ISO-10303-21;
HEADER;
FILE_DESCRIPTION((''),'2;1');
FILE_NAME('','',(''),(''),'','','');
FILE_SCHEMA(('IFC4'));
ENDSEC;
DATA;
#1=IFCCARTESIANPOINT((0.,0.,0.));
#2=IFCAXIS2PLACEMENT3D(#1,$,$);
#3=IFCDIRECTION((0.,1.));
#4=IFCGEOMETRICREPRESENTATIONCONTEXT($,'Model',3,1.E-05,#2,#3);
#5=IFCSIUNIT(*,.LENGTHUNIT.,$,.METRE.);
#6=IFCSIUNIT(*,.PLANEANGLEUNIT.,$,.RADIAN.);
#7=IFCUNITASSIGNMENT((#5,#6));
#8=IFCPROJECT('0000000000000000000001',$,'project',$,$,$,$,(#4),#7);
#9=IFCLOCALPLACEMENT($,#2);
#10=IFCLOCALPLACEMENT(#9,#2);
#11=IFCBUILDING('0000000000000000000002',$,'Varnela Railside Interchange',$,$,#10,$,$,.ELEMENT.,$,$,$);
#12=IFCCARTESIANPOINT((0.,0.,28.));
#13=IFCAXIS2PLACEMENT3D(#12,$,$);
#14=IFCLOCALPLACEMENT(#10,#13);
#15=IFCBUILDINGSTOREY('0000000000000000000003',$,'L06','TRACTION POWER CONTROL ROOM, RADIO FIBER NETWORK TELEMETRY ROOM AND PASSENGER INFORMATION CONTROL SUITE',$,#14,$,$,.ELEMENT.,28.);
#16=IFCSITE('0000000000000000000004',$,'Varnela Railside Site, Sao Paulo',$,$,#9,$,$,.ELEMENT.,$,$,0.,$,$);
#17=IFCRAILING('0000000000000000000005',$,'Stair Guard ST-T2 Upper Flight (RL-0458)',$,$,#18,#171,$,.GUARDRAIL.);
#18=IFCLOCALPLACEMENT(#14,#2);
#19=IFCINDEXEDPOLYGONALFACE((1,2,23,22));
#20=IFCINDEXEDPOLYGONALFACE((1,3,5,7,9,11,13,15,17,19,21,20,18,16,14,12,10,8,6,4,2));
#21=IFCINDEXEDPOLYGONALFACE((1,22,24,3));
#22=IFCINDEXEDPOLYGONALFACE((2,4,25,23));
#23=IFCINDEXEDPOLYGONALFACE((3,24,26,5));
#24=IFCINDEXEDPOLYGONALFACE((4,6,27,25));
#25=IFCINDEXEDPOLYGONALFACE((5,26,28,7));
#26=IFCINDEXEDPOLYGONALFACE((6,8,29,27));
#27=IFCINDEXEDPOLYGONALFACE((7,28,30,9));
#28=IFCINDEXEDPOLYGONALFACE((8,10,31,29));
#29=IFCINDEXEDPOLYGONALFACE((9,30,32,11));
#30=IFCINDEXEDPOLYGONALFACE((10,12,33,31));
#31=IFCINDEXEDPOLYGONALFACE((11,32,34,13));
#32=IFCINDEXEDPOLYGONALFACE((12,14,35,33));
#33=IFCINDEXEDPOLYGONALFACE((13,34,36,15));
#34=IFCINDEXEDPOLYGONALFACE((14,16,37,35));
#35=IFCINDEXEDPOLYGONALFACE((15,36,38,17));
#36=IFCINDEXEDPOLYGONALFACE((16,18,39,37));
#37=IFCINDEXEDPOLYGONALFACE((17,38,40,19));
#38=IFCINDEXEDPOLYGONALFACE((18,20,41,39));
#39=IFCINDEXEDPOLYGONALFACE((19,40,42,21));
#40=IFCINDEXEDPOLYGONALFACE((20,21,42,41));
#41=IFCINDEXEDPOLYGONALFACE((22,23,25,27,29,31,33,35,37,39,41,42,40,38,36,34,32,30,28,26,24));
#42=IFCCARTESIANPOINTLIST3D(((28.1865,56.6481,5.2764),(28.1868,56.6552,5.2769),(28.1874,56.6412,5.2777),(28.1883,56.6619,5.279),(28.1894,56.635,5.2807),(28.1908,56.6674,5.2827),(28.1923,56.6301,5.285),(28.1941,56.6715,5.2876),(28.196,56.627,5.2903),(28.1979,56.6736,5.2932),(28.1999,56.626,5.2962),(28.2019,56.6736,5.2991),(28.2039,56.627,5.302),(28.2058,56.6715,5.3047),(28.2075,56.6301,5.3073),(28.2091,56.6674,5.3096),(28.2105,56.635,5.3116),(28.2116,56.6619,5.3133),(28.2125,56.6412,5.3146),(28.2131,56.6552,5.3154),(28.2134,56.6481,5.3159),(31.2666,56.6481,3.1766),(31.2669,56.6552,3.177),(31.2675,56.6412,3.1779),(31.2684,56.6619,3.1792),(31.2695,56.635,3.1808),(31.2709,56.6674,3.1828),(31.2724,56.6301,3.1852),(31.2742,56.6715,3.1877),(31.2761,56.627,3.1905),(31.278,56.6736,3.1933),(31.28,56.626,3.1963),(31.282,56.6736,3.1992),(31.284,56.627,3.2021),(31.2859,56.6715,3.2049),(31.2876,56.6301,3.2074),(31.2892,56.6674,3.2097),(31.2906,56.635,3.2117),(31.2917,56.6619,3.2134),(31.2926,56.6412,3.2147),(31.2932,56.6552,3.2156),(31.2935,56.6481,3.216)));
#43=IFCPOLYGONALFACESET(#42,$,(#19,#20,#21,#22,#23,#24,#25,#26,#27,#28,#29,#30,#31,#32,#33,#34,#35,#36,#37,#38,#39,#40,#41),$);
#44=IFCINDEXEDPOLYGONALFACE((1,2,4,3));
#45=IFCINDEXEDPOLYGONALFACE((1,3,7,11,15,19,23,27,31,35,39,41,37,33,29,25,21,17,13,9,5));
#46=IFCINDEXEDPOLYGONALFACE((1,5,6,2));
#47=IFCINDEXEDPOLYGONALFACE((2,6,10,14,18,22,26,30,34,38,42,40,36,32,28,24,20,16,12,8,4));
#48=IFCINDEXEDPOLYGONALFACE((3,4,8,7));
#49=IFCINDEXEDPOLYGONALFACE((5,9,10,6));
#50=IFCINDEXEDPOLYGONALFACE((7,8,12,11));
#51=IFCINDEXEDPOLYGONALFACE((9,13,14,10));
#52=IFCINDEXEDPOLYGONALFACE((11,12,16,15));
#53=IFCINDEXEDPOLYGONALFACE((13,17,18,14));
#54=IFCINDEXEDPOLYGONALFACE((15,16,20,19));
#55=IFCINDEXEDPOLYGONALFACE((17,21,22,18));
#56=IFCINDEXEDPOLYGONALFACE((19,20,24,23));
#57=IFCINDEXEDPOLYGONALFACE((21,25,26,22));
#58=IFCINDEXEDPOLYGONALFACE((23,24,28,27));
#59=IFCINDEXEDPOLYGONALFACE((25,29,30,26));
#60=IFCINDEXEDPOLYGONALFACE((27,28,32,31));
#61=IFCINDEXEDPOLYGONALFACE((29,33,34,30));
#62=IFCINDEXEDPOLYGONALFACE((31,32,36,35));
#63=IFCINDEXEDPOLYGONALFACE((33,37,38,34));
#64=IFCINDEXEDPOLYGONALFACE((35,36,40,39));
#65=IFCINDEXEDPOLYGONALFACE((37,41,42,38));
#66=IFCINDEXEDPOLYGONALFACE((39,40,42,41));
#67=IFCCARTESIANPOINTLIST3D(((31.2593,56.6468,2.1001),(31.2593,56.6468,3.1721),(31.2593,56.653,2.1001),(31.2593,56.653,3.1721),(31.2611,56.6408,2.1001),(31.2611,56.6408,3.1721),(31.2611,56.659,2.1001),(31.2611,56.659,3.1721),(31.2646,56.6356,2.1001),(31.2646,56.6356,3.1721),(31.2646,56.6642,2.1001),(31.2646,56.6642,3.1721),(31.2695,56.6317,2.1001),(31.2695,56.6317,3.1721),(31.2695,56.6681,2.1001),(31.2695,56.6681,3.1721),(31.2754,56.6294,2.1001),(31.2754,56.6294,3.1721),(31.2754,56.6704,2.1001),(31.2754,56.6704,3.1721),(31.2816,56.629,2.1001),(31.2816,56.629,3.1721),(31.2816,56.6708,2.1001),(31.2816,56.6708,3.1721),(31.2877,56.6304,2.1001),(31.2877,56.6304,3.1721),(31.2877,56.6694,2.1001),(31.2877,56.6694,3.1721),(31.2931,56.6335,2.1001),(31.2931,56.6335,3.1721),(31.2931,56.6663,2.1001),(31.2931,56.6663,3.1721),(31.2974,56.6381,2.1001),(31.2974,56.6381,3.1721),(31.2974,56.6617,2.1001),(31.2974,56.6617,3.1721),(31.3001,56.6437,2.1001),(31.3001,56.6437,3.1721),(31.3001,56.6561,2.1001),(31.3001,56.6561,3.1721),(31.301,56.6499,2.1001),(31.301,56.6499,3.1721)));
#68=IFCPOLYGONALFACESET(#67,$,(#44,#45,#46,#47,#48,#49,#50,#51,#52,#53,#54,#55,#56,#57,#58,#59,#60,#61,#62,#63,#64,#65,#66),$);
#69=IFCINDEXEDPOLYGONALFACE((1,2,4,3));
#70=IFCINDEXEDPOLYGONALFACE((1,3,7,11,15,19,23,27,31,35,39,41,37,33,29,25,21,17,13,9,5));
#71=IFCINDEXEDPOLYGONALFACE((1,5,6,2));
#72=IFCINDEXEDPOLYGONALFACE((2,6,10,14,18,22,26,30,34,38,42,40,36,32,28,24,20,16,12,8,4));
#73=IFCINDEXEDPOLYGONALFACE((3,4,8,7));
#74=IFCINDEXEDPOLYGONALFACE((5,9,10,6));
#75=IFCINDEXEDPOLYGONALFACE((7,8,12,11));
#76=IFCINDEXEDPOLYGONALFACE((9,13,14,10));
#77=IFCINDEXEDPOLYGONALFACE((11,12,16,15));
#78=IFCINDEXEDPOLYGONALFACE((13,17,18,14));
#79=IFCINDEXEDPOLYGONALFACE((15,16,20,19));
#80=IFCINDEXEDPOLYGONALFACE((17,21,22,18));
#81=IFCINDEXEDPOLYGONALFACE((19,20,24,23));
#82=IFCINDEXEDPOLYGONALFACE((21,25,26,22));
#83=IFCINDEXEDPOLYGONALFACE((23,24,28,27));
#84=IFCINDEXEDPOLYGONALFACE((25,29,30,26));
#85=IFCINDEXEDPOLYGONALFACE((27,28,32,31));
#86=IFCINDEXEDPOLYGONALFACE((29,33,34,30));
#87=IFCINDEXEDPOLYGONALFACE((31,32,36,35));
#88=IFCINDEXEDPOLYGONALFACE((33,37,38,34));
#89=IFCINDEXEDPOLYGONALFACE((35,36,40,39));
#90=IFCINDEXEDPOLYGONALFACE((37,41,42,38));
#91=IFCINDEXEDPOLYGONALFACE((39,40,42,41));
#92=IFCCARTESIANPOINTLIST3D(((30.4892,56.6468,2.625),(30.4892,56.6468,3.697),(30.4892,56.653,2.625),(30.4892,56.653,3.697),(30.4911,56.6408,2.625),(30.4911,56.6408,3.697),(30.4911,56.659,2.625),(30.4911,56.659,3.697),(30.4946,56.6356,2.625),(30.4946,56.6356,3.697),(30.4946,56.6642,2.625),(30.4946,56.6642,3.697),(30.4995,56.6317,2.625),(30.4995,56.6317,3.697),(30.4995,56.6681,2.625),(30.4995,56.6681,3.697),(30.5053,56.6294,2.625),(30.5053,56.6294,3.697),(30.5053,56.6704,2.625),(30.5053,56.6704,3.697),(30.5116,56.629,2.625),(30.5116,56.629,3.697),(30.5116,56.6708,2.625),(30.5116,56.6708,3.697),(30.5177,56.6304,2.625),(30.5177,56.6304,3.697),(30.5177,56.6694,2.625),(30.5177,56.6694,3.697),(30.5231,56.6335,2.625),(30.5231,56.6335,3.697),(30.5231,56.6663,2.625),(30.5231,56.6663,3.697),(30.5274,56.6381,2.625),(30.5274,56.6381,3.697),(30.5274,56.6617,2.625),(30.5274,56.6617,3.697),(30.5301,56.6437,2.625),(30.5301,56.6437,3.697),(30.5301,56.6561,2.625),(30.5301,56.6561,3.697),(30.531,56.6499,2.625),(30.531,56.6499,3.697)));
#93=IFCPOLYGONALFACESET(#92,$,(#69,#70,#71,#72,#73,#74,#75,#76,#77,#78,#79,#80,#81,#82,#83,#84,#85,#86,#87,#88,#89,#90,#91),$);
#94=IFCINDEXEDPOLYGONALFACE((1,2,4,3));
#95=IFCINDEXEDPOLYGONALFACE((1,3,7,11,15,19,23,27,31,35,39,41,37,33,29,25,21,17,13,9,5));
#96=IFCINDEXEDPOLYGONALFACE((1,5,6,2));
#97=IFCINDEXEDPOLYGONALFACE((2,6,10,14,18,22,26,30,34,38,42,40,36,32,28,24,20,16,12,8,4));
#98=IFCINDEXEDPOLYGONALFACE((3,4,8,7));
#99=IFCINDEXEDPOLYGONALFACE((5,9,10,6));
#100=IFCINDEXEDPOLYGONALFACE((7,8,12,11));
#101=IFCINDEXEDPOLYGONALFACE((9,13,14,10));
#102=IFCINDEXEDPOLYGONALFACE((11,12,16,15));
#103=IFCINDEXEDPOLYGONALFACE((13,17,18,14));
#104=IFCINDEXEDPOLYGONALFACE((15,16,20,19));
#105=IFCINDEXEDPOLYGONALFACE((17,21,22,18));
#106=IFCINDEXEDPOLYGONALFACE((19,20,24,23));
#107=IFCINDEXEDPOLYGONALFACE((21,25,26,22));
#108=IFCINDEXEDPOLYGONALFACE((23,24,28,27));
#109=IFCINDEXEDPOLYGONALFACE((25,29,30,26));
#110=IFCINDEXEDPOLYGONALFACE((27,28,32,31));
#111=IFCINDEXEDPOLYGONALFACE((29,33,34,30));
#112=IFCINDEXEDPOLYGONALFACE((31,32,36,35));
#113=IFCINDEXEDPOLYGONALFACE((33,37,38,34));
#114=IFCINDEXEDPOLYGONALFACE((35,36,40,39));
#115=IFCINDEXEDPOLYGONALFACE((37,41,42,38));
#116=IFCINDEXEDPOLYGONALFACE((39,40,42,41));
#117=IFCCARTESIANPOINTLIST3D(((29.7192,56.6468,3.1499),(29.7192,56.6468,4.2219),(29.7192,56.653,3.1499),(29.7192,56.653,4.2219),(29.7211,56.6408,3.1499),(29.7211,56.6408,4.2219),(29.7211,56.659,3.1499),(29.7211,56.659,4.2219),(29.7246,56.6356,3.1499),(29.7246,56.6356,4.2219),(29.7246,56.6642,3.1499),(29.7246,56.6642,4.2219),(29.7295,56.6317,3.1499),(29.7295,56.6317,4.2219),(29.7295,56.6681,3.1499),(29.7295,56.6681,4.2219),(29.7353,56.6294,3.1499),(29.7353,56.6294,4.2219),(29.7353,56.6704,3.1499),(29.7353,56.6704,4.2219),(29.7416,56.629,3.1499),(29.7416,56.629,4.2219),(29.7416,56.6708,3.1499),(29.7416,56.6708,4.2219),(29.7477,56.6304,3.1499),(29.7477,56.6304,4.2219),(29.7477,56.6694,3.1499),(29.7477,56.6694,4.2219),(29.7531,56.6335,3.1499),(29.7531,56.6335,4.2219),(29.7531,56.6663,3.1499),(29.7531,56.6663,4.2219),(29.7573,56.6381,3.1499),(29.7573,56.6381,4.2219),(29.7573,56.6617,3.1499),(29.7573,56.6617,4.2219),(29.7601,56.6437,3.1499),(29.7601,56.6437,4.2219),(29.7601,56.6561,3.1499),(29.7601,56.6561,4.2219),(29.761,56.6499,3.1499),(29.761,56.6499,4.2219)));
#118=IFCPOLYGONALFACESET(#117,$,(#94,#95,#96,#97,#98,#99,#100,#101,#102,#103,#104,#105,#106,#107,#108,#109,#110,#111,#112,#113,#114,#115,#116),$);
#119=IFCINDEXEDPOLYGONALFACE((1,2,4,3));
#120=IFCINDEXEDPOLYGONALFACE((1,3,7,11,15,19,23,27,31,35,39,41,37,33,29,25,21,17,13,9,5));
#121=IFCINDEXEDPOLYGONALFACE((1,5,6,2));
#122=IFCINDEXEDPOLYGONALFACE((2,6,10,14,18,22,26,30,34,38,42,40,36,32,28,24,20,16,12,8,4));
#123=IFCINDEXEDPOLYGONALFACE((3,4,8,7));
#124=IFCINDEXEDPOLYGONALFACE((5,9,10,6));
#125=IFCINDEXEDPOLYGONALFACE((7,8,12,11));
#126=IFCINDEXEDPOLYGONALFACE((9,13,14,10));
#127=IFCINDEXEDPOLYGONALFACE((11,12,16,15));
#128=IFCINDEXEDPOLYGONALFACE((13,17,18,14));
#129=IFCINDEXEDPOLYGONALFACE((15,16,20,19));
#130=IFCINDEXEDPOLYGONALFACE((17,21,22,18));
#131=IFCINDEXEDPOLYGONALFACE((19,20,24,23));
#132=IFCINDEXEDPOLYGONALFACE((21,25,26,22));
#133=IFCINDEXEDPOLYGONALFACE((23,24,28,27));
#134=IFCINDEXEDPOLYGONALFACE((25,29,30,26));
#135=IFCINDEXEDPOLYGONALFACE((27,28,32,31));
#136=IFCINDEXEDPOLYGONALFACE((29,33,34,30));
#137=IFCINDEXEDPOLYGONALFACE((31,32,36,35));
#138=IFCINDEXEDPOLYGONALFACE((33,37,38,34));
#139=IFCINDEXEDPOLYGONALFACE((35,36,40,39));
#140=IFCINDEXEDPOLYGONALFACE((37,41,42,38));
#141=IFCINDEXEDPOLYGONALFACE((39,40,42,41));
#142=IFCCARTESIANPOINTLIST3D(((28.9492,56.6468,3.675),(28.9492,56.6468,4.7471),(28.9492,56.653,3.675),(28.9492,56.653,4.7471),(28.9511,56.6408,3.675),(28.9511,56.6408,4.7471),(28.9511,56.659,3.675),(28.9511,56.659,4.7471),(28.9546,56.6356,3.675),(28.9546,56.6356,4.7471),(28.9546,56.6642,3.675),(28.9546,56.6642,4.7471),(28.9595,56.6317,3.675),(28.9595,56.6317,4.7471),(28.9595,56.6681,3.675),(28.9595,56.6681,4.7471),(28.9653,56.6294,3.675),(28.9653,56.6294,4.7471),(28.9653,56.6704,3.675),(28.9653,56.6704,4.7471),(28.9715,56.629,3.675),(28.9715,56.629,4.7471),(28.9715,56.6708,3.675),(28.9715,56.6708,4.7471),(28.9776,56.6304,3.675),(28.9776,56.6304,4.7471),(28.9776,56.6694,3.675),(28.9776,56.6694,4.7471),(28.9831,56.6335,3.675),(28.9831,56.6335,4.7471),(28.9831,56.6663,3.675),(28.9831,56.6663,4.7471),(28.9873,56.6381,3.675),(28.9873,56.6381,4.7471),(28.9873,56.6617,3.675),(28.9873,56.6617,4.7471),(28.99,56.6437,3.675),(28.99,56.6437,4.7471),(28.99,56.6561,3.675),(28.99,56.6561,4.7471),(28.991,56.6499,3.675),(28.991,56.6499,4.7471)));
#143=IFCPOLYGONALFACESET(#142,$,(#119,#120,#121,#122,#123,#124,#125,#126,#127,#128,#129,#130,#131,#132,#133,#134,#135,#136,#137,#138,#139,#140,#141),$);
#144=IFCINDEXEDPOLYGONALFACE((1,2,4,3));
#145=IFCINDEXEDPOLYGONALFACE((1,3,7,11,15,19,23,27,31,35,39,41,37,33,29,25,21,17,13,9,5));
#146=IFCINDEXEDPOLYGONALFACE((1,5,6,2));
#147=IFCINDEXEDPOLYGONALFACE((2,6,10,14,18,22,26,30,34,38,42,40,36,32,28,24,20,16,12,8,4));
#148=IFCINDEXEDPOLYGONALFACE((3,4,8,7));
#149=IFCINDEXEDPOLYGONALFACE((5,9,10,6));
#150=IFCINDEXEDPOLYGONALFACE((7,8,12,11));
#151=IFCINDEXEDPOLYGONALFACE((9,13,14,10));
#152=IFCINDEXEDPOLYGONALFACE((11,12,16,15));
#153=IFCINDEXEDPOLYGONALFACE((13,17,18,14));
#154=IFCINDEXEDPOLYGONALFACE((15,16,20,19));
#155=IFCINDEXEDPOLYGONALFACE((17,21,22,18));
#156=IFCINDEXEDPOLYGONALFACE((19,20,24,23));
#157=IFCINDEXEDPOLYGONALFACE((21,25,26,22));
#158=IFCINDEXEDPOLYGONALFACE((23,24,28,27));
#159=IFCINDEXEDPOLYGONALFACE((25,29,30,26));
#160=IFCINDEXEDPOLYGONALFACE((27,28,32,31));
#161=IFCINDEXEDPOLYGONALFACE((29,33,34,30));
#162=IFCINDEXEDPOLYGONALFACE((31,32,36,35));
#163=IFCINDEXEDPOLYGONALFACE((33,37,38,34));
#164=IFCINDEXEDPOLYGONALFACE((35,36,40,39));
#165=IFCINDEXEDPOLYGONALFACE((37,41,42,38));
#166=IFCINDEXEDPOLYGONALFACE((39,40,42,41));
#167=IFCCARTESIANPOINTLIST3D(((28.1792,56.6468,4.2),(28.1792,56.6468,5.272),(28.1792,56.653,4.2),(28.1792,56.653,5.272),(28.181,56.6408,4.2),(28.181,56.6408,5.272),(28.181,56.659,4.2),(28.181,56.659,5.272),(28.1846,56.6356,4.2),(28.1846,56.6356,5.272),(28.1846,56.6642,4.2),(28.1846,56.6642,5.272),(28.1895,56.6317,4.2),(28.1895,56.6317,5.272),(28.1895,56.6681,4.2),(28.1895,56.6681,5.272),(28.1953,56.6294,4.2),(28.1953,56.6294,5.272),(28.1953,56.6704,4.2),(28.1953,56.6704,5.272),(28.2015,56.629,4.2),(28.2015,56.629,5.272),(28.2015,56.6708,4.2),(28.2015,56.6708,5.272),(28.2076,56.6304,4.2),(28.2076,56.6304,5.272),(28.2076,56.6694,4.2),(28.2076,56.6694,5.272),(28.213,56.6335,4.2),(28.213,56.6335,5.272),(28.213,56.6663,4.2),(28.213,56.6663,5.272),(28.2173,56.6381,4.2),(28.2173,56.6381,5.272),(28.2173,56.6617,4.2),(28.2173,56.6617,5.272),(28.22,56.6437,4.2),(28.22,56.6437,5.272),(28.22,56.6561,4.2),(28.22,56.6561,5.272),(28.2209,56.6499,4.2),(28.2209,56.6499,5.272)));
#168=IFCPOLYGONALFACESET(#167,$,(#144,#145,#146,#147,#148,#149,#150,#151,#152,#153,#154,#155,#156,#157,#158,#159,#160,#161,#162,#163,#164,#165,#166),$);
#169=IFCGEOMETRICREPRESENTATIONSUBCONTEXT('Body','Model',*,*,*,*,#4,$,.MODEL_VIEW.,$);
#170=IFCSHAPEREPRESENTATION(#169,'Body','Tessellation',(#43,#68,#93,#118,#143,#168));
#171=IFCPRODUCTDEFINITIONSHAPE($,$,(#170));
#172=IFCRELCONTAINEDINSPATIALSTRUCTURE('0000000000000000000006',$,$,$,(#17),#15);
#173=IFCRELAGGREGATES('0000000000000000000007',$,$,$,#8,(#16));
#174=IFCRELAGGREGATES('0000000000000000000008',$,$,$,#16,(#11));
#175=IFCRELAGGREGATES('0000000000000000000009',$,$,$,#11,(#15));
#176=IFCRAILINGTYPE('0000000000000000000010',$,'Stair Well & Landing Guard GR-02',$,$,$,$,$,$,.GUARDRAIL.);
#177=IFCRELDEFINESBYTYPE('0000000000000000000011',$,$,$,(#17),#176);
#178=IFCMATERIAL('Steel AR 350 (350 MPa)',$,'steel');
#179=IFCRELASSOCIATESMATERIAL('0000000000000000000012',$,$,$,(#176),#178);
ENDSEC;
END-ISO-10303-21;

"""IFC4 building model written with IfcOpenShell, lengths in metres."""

from ifc_helpers import new_model, si_unit, direction, frame, origin, origin_2d, place, context, subcontext, project, spatial, circle, extrude, material, type_object, element, save


model = new_model("IFC4")

# Units and contexts
model_context = context("Model", 3, precision=1e-05, world=origin(), true_north=direction((0.0, 1.0)))
body_context = subcontext(model_context, "Body", "Model", "MODEL_VIEW")
ifc_project = project(units=[si_unit("LENGTHUNIT", "METRE"), si_unit("PLANEANGLEUNIT", "RADIAN")], contexts=[model_context])

# Site, building, storey
site_placement = place(None, origin())
site = spatial("IfcSite", under=ifc_project, at=site_placement, Name="Varnela Railside Site, Sao Paulo", CompositionType="ELEMENT", RefElevation=0.0)
building_placement = place(site_placement, origin())
building = spatial("IfcBuilding", under=site, at=building_placement, Name="Varnela Railside Interchange", CompositionType="ELEMENT")
storey_placement = place(building_placement, frame((0.0, 0.0, 28.0)))
storey = spatial("IfcBuildingStorey", under=building, at=storey_placement, Name="L06", Description="TRACTION POWER CONTROL ROOM, RADIO FIBER NETWORK TELEMETRY ROOM AND PASSENGER INFORMATION CONTROL SUITE", CompositionType="ELEMENT", Elevation=28.0)

# Shared definitions
ifc_material_1 = material(Name="Steel AR 350 (350 MPa)", Category="steel")

# Railing
railing_type_1 = type_object("IfcRailingType", Name="Stair Well & Landing Guard GR-02", PredefinedType="GUARDRAIL", material=ifc_material_1)
railing_1_placement = place(storey_placement, frame((31.28, 56.6499, 2.1001)))
element("IfcRailing", 1, at=railing_1_placement, inside=storey, type_object=railing_type_1, Name="Stair Guard ST-T2 Upper Flight (RL-0458)", PredefinedType="GUARDRAIL", context=body_context, shape_type="SweptSolid", body=[
    extrude(circle(Radius=0.0239, at=origin_2d()), frame((0.0, 0.0, 1.0962), z_axis=(-0.826252, 0.0, 0.5633), x_axis=(0.0, -1.0, 0.0)), (0.0, 0.0, 1.0), 3.7278),
    extrude(circle(Radius=0.021, at=origin_2d()), origin(), (0.0, 0.0, 1.0), 1.072),
    extrude(circle(Radius=0.021, at=origin_2d()), frame((-0.77, 0.0, 0.5249)), (0.0, 0.0, 1.0), 1.072),
    extrude(circle(Radius=0.021, at=origin_2d()), frame((-1.54, 0.0, 1.0498)), (0.0, 0.0, 1.0), 1.072),
    extrude(circle(Radius=0.021, at=origin_2d()), frame((-2.3101, 0.0, 1.575)), (0.0, 0.0, 1.0), 1.072),
    extrude(circle(Radius=0.021, at=origin_2d()), frame((-3.0801, 0.0, 2.0999)), (0.0, 0.0, 1.0), 1.072),
])

save(model, "model.ifc")
